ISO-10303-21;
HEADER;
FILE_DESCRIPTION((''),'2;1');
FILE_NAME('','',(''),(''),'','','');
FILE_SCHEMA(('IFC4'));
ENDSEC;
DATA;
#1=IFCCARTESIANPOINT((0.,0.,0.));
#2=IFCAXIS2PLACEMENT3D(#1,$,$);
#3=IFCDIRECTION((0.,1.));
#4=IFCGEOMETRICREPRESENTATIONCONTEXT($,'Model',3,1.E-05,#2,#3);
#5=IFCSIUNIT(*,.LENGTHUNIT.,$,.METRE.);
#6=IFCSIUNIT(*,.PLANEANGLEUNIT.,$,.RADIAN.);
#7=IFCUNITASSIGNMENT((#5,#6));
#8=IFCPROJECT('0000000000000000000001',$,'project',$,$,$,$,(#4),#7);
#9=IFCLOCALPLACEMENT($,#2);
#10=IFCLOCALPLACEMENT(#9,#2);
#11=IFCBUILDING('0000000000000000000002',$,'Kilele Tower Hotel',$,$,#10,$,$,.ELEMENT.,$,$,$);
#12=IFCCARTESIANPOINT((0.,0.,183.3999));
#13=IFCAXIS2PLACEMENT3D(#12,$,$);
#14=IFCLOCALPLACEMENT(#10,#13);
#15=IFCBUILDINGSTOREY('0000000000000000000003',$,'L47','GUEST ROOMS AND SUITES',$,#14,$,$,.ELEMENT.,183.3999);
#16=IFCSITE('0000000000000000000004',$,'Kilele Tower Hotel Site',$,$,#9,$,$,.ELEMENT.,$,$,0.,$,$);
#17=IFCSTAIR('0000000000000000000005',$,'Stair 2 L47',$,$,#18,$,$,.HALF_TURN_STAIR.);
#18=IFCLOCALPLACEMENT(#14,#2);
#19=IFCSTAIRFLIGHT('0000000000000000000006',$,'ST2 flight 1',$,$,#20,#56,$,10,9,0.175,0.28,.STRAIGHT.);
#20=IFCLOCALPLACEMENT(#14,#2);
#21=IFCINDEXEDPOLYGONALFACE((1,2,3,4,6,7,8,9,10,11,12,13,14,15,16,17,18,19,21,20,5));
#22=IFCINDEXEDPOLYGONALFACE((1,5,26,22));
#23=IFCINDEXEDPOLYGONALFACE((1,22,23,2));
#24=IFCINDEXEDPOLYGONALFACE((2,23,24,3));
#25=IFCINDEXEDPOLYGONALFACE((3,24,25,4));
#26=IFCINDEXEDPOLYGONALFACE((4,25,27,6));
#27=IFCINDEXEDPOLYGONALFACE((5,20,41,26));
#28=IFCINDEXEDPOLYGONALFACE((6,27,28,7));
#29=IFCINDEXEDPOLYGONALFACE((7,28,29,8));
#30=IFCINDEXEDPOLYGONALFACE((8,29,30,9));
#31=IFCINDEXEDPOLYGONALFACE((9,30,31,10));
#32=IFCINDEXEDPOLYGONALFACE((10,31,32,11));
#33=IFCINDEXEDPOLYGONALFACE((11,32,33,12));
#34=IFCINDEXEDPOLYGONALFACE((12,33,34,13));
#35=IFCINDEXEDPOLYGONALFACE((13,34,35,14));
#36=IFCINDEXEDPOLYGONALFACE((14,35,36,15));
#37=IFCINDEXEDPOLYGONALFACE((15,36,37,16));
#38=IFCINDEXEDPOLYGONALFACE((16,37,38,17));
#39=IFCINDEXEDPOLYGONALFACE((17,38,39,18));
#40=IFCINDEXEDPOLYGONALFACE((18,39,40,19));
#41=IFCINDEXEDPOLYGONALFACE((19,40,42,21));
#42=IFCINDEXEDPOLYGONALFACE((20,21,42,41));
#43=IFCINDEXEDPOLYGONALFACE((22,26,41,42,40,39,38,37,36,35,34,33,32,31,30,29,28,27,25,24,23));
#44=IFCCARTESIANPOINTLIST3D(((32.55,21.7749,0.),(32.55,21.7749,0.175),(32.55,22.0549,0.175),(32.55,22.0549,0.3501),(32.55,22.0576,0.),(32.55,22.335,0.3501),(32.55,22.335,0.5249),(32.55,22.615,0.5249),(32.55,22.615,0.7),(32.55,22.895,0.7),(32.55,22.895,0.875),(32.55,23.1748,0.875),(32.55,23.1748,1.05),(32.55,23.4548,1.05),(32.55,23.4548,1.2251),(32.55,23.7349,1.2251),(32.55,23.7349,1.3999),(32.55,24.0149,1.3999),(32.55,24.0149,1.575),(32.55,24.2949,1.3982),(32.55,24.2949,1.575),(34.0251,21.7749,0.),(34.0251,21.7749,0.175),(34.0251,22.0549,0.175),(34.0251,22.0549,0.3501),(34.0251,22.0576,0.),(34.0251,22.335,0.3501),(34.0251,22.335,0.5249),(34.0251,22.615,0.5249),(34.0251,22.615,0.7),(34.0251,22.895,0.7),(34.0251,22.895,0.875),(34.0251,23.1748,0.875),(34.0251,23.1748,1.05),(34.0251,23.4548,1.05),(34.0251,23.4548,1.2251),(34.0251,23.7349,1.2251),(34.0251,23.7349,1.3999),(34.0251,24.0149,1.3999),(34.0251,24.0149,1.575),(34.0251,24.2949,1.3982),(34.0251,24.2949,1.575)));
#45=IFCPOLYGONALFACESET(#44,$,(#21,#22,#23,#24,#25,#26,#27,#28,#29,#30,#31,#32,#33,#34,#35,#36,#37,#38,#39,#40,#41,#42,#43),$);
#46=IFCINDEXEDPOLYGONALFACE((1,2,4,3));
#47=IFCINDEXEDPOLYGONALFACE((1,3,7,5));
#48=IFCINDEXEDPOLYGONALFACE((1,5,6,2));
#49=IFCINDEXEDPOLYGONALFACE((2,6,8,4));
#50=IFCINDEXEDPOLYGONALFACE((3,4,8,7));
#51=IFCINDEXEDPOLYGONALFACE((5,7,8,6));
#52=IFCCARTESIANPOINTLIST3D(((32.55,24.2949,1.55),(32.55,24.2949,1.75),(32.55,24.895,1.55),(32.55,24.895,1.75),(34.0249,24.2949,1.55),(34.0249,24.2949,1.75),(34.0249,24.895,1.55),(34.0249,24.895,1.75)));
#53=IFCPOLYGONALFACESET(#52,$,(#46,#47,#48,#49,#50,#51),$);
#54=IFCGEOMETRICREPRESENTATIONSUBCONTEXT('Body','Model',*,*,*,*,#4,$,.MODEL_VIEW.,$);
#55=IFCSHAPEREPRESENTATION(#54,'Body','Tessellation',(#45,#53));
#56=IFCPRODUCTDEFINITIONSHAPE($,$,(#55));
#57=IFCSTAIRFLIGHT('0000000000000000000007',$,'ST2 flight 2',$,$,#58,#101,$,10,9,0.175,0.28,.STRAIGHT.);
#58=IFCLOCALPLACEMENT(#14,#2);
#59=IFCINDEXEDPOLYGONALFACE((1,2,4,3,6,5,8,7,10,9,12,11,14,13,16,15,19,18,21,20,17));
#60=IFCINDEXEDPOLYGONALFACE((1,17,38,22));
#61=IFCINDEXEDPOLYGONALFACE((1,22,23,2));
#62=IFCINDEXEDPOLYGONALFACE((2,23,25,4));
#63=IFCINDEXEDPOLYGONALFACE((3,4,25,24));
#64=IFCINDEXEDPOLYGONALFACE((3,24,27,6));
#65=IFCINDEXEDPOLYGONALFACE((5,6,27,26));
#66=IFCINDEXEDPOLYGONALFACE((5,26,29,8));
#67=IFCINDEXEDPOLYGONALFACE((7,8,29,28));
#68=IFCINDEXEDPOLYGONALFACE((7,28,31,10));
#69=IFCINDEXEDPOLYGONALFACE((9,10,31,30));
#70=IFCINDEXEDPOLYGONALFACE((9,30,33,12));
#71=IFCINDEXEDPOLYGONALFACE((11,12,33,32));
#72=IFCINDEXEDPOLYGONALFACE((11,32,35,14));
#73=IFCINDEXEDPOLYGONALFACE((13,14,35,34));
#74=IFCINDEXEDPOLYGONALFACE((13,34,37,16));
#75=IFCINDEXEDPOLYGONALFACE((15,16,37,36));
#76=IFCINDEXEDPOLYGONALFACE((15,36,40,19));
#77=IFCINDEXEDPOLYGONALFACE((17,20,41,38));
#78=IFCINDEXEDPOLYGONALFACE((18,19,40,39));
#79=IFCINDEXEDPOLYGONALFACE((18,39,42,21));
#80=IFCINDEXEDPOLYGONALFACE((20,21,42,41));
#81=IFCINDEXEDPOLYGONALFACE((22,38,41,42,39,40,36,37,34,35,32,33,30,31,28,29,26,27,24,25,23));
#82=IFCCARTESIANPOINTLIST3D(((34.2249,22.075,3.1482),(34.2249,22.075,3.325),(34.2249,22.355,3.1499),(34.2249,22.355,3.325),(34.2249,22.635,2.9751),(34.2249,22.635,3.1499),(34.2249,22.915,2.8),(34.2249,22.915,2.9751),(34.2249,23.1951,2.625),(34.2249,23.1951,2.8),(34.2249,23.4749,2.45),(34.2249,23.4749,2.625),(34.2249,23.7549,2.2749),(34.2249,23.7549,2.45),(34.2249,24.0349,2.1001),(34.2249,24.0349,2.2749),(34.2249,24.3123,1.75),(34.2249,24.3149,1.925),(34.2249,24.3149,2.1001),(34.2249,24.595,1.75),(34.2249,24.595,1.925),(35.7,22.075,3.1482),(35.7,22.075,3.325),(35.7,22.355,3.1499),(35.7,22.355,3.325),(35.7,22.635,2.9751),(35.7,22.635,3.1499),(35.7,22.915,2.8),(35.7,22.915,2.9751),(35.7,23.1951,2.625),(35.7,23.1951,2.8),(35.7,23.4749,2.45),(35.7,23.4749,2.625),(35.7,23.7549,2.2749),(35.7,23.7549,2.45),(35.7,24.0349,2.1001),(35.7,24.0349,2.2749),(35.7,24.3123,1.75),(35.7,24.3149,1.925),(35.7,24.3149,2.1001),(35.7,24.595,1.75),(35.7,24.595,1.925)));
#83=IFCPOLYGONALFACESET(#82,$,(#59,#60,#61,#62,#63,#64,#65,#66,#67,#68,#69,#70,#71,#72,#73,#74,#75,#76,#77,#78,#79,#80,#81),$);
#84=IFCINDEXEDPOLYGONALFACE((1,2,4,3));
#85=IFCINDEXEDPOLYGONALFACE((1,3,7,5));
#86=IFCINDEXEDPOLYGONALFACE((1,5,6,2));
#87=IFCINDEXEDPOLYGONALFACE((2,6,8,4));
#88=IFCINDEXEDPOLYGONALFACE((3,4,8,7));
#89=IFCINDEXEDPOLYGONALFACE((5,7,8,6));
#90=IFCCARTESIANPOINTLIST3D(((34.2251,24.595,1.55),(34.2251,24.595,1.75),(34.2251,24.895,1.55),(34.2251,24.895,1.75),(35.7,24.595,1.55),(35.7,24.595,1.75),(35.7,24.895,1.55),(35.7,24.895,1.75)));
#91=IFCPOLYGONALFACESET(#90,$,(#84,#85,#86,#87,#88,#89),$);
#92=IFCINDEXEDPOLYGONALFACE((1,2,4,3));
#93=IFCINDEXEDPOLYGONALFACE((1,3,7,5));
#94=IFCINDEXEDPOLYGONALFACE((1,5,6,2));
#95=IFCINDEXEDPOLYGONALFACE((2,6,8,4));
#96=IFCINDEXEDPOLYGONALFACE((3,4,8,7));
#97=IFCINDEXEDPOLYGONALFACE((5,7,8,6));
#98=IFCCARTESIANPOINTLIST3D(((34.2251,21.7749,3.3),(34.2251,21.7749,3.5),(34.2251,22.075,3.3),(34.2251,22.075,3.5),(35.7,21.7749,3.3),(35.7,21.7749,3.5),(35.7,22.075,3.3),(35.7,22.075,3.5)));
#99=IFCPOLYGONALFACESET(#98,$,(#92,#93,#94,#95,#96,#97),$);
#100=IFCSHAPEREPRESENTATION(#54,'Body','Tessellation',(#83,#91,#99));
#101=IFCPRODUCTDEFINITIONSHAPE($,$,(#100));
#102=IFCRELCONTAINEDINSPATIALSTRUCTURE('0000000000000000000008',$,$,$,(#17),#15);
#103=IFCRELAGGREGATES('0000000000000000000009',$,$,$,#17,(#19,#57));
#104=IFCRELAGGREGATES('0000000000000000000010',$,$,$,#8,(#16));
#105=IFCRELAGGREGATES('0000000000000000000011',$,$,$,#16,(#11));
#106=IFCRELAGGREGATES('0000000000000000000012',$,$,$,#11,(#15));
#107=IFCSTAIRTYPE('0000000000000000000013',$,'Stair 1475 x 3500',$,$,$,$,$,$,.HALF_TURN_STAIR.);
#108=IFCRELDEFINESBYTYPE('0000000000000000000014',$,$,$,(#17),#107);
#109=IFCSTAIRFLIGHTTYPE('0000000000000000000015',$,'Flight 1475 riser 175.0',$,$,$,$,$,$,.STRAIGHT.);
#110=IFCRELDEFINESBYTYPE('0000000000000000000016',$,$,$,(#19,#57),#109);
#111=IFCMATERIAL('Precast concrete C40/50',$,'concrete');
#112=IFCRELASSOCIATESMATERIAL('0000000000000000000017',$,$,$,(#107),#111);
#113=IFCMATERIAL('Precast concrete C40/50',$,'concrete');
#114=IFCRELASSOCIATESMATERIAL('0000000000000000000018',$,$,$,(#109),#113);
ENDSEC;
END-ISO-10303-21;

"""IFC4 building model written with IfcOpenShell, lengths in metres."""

from ifc_helpers import new_model, si_unit, direction, frame, origin, place, context, subcontext, project, spatial, polyline, outline, extrude, material, type_object, element, aggregate, save


model = new_model("IFC4")

# Units and contexts
model_context = context("Model", 3, precision=1e-05, world=origin(), true_north=direction((0.0, 1.0)))
body_context = subcontext(model_context, "Body", "Model", "MODEL_VIEW")
ifc_project = project(units=[si_unit("LENGTHUNIT", "METRE"), si_unit("PLANEANGLEUNIT", "RADIAN")], contexts=[model_context])

# Site, building, storey
site_placement = place(None, origin())
site = spatial("IfcSite", under=ifc_project, at=site_placement, Name="Kilele Tower Hotel Site", CompositionType="ELEMENT", RefElevation=0.0)
building_placement = place(site_placement, origin())
building = spatial("IfcBuilding", under=site, at=building_placement, Name="Kilele Tower Hotel", CompositionType="ELEMENT")
storey_placement = place(building_placement, frame((0.0, 0.0, 183.3999)))
storey = spatial("IfcBuildingStorey", under=building, at=storey_placement, Name="L47", Description="GUEST ROOMS AND SUITES", CompositionType="ELEMENT", Elevation=183.3999)

# Stair, stair flights
ifc_material_1 = material(Name="Precast concrete C40/50", Category="concrete")
stair_type = type_object("IfcStairType", Name="Stair 1475 x 3500", PredefinedType="HALF_TURN_STAIR", material=ifc_material_1)
stair_placement = place(storey_placement, origin())
stair = element("IfcStair", 1, at=stair_placement, inside=storey, type_object=stair_type, Name="Stair 2 L47", PredefinedType="HALF_TURN_STAIR")
ifc_material_2 = material(Name="Precast concrete C40/50", Category="concrete")
stair_flight_type = type_object("IfcStairFlightType", Name="Flight 1475 riser 175.0", PredefinedType="STRAIGHT", material=ifc_material_2)
stair_flight_1_placement = place(storey_placement, frame((33.2876, 21.7749, 0.0), z_axis=(0.0, 0.0, 1.0), x_axis=(0.0, 1.0, 0.0)))
stair_flight_1 = element("IfcStairFlight", 2, at=stair_flight_1_placement, type_object=stair_flight_type, Name="ST2 flight 1", NumberOfRisers=10, NumberOfTreads=9, PredefinedType="STRAIGHT", RiserHeight=0.175, TreadLength=0.28, context=body_context, shape_type="SweptSolid", body=[
    extrude(outline(polyline([(0.0, 0.0), (0.0, 0.175), (0.28, 0.175), (0.28, 0.3501), (0.5601, 0.3501), (0.5601, 0.5249), (0.8401, 0.5249), (0.8401, 0.7), (1.1201, 0.7), (1.1201, 0.875), (1.3999, 0.875), (1.3999, 1.05), (1.6799, 1.05), (1.6799, 1.2251), (1.96, 1.2251), (1.96, 1.3999), (2.24, 1.3999), (2.24, 1.575), (2.52, 1.575), (2.52, 1.75), (2.52, 1.3982), (0.2827, 0.0), (0.0, 0.0)])), frame((0.0, 0.7375, 0.0), z_axis=(0.0, -1.0, 0.0), x_axis=(1.0, 0.0, 0.0)), (0.0, 0.0, 1.0), 1.4751),
    extrude(outline(polyline([(2.52, 0.7375), (2.52, -0.7373), (3.1201, -0.7373), (3.1201, 0.7375), (2.52, 0.7375)])), frame((0.0, 0.0, 1.55)), (0.0, 0.0, 1.0), 0.2),
])
stair_flight_2_placement = place(storey_placement, frame((34.9624, 24.595, 1.75), z_axis=(0.0, 0.0, 1.0), x_axis=(0.0, -1.0, 0.0)))
stair_flight_2 = element("IfcStairFlight", 3, at=stair_flight_2_placement, type_object=stair_flight_type, Name="ST2 flight 2", NumberOfRisers=10, NumberOfTreads=9, PredefinedType="STRAIGHT", RiserHeight=0.175, TreadLength=0.28, context=body_context, shape_type="SweptSolid", body=[
    extrude(outline(polyline([(0.0, 0.0), (0.0, 0.175), (0.28, 0.175), (0.28, 0.3501), (0.5601, 0.3501), (0.5601, 0.5249), (0.8401, 0.5249), (0.8401, 0.7), (1.1201, 0.7), (1.1201, 0.875), (1.3999, 0.875), (1.3999, 1.05), (1.6799, 1.05), (1.6799, 1.2251), (1.96, 1.2251), (1.96, 1.3999), (2.24, 1.3999), (2.24, 1.575), (2.52, 1.575), (2.52, 1.75), (2.52, 1.3982), (0.2827, 0.0), (0.0, 0.0)])), frame((0.0, 0.7375, 0.0), z_axis=(0.0, -1.0, 0.0), x_axis=(1.0, 0.0, 0.0)), (0.0, 0.0, 1.0), 1.4751),
    extrude(outline(polyline([(0.0, -0.7373), (0.0, 0.7375), (-0.3, 0.7375), (-0.3, -0.7373), (0.0, -0.7373)])), frame((0.0, 0.0, -0.2)), (0.0, 0.0, 1.0), 0.2),
    extrude(outline(polyline([(2.8201, -0.7373), (2.8201, 0.7375), (2.52, 0.7375), (2.52, -0.7373), (2.8201, -0.7373)])), frame((0.0, 0.0, 1.55)), (0.0, 0.0, 1.0), 0.2),
])
aggregate(stair, [stair_flight_1, stair_flight_2])

save(model, "model.ifc")
